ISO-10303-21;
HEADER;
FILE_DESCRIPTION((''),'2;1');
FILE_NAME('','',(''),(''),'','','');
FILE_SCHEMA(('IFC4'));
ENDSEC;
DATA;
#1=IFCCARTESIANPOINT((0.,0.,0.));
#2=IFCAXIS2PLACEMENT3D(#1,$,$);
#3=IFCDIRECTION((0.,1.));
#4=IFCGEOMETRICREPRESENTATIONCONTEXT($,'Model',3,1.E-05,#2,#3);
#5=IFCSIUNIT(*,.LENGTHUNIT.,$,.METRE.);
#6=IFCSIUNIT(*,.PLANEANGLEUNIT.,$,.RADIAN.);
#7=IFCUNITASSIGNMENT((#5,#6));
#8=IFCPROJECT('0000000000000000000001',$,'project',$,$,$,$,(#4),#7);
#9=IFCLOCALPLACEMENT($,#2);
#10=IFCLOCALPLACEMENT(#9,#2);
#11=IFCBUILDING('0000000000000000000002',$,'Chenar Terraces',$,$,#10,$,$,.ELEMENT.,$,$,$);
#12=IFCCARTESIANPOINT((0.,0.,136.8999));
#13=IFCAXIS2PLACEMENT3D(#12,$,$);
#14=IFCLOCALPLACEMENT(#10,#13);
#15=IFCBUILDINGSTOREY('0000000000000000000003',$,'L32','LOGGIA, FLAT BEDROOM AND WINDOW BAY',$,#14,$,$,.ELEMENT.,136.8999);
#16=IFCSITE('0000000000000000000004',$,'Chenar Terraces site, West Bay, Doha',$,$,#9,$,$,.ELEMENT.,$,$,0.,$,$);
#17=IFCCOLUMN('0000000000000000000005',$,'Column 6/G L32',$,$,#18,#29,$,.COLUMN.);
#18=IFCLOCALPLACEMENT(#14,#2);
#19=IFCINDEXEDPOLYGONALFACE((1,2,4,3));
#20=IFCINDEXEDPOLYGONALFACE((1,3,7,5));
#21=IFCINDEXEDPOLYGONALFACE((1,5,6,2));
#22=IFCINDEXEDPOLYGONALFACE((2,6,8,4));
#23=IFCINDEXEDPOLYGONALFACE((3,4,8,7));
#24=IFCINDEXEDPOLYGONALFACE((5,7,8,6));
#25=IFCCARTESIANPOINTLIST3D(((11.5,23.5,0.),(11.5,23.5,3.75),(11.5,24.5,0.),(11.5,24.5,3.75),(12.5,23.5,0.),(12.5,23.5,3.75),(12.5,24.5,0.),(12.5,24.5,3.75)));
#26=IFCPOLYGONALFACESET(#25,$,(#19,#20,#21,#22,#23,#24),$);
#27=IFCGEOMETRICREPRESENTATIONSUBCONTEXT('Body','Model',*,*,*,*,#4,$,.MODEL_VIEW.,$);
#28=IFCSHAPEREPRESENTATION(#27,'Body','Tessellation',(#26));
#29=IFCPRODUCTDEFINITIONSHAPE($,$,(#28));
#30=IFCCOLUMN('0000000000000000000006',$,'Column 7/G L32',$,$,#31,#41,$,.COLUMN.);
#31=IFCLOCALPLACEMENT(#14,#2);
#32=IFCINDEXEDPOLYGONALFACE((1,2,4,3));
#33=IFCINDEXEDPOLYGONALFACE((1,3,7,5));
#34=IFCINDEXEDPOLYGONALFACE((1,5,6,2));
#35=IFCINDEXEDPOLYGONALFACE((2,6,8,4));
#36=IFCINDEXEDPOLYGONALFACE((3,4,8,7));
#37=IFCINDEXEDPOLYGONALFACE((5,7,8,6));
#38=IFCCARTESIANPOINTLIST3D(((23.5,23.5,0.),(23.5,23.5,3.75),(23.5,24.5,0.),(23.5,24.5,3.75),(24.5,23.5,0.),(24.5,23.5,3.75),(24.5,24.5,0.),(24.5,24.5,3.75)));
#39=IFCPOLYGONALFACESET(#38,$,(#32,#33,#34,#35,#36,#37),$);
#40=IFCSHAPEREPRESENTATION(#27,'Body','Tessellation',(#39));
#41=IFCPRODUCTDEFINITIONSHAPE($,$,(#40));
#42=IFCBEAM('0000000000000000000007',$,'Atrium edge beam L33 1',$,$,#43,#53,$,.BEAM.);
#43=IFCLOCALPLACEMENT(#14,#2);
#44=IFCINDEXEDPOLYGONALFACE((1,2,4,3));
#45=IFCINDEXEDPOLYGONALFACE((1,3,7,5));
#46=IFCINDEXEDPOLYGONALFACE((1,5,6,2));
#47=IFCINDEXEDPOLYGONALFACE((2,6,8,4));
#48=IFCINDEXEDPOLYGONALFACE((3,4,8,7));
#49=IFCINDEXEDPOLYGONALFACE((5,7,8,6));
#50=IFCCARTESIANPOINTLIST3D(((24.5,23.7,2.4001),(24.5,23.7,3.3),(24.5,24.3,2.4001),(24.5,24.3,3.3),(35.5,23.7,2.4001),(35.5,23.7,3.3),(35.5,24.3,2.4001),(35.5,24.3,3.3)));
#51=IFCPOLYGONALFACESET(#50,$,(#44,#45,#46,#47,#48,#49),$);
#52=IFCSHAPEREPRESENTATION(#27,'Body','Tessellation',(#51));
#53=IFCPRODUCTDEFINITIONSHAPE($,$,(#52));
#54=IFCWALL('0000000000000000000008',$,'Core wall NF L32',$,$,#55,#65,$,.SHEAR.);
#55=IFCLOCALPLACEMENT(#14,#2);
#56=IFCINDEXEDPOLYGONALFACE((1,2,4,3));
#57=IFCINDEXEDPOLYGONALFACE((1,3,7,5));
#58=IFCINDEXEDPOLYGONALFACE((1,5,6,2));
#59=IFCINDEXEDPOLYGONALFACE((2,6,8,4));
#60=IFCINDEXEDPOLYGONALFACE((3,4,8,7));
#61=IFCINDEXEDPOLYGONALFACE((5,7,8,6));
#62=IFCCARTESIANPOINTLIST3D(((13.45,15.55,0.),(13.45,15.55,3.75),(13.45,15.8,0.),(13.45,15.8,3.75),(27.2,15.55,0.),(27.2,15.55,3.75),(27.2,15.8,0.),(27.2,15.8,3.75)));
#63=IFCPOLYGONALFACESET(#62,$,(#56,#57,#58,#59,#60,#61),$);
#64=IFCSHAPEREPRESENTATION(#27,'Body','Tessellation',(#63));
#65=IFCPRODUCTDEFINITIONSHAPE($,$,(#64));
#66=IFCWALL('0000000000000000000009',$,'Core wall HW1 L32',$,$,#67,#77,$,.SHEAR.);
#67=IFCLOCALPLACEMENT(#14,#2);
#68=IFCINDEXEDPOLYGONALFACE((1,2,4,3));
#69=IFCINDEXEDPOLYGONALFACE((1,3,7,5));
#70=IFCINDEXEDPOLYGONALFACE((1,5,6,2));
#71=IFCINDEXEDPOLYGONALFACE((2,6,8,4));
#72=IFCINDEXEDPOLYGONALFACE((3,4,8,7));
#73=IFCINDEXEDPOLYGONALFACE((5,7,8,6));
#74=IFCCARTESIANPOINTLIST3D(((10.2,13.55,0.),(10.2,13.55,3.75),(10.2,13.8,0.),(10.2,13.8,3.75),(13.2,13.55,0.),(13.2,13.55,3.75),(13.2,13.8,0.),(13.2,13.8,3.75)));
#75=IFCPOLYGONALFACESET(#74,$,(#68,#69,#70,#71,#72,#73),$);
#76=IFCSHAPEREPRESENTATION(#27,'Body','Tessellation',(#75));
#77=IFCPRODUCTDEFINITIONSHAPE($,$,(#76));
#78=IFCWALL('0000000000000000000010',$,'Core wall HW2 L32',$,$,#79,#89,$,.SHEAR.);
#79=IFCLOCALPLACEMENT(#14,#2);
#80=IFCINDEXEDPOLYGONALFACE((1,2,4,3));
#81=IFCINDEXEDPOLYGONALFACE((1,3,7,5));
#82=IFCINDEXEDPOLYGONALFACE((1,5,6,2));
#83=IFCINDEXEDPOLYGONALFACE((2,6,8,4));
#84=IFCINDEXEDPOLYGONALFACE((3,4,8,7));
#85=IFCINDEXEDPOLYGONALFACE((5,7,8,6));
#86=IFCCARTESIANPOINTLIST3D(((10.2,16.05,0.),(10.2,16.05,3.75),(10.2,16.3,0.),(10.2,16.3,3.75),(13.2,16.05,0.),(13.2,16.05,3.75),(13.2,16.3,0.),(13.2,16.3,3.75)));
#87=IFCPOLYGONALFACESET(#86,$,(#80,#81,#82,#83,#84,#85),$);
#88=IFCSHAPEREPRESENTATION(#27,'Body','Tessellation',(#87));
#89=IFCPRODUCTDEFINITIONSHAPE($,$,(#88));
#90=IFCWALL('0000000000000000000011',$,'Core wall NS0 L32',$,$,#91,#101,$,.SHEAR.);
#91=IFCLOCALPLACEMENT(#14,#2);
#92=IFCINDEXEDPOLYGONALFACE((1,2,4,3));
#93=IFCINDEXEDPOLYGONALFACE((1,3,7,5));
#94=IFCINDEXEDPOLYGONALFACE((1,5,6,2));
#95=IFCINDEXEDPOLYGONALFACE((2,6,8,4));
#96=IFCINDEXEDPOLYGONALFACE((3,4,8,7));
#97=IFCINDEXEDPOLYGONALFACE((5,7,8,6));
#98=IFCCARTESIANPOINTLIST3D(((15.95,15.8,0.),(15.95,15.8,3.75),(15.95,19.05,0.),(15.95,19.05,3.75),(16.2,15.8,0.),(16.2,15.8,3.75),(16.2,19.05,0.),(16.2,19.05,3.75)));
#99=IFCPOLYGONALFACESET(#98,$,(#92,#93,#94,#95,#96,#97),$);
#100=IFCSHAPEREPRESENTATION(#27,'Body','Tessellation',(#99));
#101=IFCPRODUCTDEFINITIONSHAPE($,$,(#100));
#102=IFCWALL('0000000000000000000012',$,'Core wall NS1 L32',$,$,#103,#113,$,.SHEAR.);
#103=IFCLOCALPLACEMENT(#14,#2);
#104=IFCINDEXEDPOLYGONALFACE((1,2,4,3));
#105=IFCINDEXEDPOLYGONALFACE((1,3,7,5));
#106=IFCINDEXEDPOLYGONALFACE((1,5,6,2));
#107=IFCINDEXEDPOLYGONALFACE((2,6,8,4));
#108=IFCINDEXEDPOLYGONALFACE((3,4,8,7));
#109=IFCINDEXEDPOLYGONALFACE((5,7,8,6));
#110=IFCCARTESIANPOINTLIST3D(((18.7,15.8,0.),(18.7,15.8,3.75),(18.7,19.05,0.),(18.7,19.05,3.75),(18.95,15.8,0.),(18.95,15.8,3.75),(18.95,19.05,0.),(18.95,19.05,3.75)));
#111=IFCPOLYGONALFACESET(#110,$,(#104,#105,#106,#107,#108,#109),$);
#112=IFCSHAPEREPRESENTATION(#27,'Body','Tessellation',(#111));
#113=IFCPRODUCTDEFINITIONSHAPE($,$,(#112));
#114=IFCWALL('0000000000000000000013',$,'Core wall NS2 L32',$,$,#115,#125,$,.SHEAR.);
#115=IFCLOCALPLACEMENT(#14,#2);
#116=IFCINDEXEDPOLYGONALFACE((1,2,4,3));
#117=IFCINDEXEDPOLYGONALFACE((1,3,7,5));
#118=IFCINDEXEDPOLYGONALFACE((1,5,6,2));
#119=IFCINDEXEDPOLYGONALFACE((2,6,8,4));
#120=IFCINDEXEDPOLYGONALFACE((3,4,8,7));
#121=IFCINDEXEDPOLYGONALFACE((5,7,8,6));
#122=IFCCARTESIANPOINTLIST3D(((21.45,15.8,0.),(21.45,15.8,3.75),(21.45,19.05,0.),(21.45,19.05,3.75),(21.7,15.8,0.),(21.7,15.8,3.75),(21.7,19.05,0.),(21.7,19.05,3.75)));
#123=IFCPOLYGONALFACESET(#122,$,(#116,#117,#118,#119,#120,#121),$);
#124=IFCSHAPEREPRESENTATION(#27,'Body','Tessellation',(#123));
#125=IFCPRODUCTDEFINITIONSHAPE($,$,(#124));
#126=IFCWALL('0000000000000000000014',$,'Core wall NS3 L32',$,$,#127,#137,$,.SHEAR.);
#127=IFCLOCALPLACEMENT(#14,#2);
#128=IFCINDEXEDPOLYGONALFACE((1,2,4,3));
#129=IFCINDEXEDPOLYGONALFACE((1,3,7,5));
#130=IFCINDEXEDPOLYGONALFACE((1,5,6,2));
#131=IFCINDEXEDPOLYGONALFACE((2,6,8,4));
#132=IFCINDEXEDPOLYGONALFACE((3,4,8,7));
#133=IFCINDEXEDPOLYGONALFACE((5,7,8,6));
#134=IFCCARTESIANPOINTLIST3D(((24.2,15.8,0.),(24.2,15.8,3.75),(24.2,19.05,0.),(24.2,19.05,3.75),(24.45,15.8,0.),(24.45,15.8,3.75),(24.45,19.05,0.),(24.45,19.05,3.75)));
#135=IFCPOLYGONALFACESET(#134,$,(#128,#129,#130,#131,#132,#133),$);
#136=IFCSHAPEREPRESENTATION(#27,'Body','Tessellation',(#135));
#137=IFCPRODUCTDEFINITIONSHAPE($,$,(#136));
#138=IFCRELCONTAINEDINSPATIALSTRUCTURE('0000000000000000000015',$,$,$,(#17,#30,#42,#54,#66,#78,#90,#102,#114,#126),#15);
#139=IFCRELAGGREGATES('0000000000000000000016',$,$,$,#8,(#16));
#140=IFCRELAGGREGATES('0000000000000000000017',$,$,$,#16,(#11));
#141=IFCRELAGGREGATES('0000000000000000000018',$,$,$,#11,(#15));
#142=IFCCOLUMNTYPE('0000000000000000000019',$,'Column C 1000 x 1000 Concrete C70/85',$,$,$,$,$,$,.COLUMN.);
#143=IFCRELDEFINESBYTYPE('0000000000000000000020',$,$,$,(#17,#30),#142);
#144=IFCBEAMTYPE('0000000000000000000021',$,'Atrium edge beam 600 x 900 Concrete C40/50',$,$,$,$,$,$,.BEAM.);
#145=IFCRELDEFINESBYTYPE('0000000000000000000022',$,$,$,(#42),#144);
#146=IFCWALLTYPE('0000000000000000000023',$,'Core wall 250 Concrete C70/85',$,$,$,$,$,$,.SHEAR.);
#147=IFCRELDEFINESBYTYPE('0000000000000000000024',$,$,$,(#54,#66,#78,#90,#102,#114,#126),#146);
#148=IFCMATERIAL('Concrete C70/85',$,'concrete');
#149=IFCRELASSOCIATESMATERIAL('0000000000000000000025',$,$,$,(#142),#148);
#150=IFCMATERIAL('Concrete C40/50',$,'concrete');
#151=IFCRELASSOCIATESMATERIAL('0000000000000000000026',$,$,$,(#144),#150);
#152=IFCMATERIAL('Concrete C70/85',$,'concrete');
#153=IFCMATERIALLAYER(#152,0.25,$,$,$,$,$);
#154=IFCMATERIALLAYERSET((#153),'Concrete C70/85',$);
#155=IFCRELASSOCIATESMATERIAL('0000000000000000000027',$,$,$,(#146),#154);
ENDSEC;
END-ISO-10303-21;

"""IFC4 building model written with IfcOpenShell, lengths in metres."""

from ifc_helpers import new_model, si_unit, direction, frame, frame_2d, origin, origin_2d, place, context, subcontext, project, spatial, rectangle, extrude, material, layer, layer_set, material_profile, profile_set, type_object, element, save


model = new_model("IFC4")

# Units and contexts
model_context = context("Model", 3, precision=1e-05, world=origin(), true_north=direction((0.0, 1.0)))
body_context = subcontext(model_context, "Body", "Model", "MODEL_VIEW")
ifc_project = project(units=[si_unit("LENGTHUNIT", "METRE"), si_unit("PLANEANGLEUNIT", "RADIAN")], contexts=[model_context])

# Site, building, storey
site_placement = place(None, origin())
site = spatial("IfcSite", under=ifc_project, at=site_placement, Name="Chenar Terraces site, West Bay, Doha", CompositionType="ELEMENT", RefElevation=0.0)
building_placement = place(site_placement, origin())
building = spatial("IfcBuilding", under=site, at=building_placement, Name="Chenar Terraces", CompositionType="ELEMENT")
storey_placement = place(building_placement, frame((0.0, 0.0, 136.8999)))
storey = spatial("IfcBuildingStorey", under=building, at=storey_placement, Name="L32", Description="LOGGIA, FLAT BEDROOM AND WINDOW BAY", CompositionType="ELEMENT", Elevation=136.8999)

# Columns
ifc_material_1 = material(Name="Concrete C70/85", Category="concrete")
ifc_material_profile_1 = material_profile(ifc_material_1, rectangle(XDim=1.0, YDim=1.0, at=origin_2d()), Name="C 1000 x 1000")
ifc_profile_set_1 = profile_set([ifc_material_profile_1], Name="Concrete C70/85")
column_type = type_object("IfcColumnType", Name="Column C 1000 x 1000 Concrete C70/85", PredefinedType="COLUMN", material=ifc_profile_set_1)
for number, where, z_axis, x_axis, name in (
    (1, (12.0, 24.0, 0.0), (0.0, 0.0, 1.0), (1.0, 0.0, 0.0), "Column 6/G L32"),
    (2, (24.0, 24.0, 0.0), (0.0, 0.0, 1.0), (1.0, 0.0, 0.0), "Column 7/G L32"),
):
    element("IfcColumn", number, at=place(storey_placement, frame(where, z_axis=z_axis, x_axis=x_axis)), inside=storey, type_object=column_type, Name=name, PredefinedType="COLUMN", context=body_context, shape_type="SweptSolid", body=[
        extrude(rectangle(XDim=1.0, YDim=1.0, at=origin_2d()), origin(), (0.0, 0.0, 1.0), 3.75),
    ])

# Beam
ifc_material_2 = material(Name="Concrete C40/50", Category="concrete")
ifc_material_profile_2 = material_profile(ifc_material_2, rectangle(XDim=0.6001, YDim=0.8999, at=origin_2d()), Name="RC 600 x 900")
ifc_profile_set_2 = profile_set([ifc_material_profile_2], Name="Concrete C40/50")
beam_type = type_object("IfcBeamType", Name="Atrium edge beam 600 x 900 Concrete C40/50", PredefinedType="BEAM", material=ifc_profile_set_2)
beam_placement = place(storey_placement, frame((24.5, 24.0, 2.8501), z_axis=(1.0, 0.0, 0.0), x_axis=(0.0, 1.0, 0.0)))
element("IfcBeam", 3, at=beam_placement, inside=storey, type_object=beam_type, Name="Atrium edge beam L33 1", PredefinedType="BEAM", context=body_context, shape_type="SweptSolid", body=[
    extrude(rectangle(XDim=0.6001, YDim=0.8999, at=origin_2d()), origin(), (0.0, 0.0, 1.0), 11.0),
])

# Walls
ifc_material_3 = material(Name="Concrete C70/85", Category="concrete")
ifc_layer_1 = layer(ifc_material_3, 0.25)
ifc_layer_set_1 = layer_set([ifc_layer_1], Name="Concrete C70/85")
wall_type_1 = type_object("IfcWallType", Name="Core wall 250 Concrete C70/85", PredefinedType="SHEAR", material=ifc_layer_set_1)
wall_1_placement = place(storey_placement, frame((13.45, 15.675, 0.0), z_axis=(0.0, 0.0, 1.0), x_axis=(1.0, 0.0, 0.0)))
element("IfcWall", 4, at=wall_1_placement, inside=storey, type_object=wall_type_1, Name="Core wall NF L32", PredefinedType="SHEAR", context=body_context, shape_type="SweptSolid", body=[
    extrude(rectangle(XDim=13.75, YDim=0.25, at=frame_2d((6.875, 0.0))), origin(), (0.0, 0.0, 1.0), 3.75),
])
for number, where, z_axis, x_axis, name in (
    (5, (10.2, 13.675, 0.0), (0.0, 0.0, 1.0), (1.0, 0.0, 0.0), "Core wall HW1 L32"),
    (6, (10.2, 16.175, 0.0), (0.0, 0.0, 1.0), (1.0, 0.0, 0.0), "Core wall HW2 L32"),
):
    element("IfcWall", number, at=place(storey_placement, frame(where, z_axis=z_axis, x_axis=x_axis)), inside=storey, type_object=wall_type_1, Name=name, PredefinedType="SHEAR", context=body_context, shape_type="SweptSolid", body=[
        extrude(rectangle(XDim=3.0, YDim=0.25, at=frame_2d((1.5, 0.0))), origin(), (0.0, 0.0, 1.0), 3.75),
    ])
for number, where, z_axis, x_axis, name in (
    (7, (16.075, 15.8, 0.0), (0.0, 0.0, 1.0), (0.0, 1.0, 0.0), "Core wall NS0 L32"),
    (8, (18.825, 15.8, 0.0), (0.0, 0.0, 1.0), (0.0, 1.0, 0.0), "Core wall NS1 L32"),
    (9, (21.575, 15.8, 0.0), (0.0, 0.0, 1.0), (0.0, 1.0, 0.0), "Core wall NS2 L32"),
    (10, (24.325, 15.8, 0.0), (0.0, 0.0, 1.0), (0.0, 1.0, 0.0), "Core wall NS3 L32"),
):
    element("IfcWall", number, at=place(storey_placement, frame(where, z_axis=z_axis, x_axis=x_axis)), inside=storey, type_object=wall_type_1, Name=name, PredefinedType="SHEAR", context=body_context, shape_type="SweptSolid", body=[
        extrude(rectangle(XDim=3.25, YDim=0.25, at=frame_2d((1.625, 0.0))), origin(), (0.0, 0.0, 1.0), 3.75),
    ])

save(model, "model.ifc")
